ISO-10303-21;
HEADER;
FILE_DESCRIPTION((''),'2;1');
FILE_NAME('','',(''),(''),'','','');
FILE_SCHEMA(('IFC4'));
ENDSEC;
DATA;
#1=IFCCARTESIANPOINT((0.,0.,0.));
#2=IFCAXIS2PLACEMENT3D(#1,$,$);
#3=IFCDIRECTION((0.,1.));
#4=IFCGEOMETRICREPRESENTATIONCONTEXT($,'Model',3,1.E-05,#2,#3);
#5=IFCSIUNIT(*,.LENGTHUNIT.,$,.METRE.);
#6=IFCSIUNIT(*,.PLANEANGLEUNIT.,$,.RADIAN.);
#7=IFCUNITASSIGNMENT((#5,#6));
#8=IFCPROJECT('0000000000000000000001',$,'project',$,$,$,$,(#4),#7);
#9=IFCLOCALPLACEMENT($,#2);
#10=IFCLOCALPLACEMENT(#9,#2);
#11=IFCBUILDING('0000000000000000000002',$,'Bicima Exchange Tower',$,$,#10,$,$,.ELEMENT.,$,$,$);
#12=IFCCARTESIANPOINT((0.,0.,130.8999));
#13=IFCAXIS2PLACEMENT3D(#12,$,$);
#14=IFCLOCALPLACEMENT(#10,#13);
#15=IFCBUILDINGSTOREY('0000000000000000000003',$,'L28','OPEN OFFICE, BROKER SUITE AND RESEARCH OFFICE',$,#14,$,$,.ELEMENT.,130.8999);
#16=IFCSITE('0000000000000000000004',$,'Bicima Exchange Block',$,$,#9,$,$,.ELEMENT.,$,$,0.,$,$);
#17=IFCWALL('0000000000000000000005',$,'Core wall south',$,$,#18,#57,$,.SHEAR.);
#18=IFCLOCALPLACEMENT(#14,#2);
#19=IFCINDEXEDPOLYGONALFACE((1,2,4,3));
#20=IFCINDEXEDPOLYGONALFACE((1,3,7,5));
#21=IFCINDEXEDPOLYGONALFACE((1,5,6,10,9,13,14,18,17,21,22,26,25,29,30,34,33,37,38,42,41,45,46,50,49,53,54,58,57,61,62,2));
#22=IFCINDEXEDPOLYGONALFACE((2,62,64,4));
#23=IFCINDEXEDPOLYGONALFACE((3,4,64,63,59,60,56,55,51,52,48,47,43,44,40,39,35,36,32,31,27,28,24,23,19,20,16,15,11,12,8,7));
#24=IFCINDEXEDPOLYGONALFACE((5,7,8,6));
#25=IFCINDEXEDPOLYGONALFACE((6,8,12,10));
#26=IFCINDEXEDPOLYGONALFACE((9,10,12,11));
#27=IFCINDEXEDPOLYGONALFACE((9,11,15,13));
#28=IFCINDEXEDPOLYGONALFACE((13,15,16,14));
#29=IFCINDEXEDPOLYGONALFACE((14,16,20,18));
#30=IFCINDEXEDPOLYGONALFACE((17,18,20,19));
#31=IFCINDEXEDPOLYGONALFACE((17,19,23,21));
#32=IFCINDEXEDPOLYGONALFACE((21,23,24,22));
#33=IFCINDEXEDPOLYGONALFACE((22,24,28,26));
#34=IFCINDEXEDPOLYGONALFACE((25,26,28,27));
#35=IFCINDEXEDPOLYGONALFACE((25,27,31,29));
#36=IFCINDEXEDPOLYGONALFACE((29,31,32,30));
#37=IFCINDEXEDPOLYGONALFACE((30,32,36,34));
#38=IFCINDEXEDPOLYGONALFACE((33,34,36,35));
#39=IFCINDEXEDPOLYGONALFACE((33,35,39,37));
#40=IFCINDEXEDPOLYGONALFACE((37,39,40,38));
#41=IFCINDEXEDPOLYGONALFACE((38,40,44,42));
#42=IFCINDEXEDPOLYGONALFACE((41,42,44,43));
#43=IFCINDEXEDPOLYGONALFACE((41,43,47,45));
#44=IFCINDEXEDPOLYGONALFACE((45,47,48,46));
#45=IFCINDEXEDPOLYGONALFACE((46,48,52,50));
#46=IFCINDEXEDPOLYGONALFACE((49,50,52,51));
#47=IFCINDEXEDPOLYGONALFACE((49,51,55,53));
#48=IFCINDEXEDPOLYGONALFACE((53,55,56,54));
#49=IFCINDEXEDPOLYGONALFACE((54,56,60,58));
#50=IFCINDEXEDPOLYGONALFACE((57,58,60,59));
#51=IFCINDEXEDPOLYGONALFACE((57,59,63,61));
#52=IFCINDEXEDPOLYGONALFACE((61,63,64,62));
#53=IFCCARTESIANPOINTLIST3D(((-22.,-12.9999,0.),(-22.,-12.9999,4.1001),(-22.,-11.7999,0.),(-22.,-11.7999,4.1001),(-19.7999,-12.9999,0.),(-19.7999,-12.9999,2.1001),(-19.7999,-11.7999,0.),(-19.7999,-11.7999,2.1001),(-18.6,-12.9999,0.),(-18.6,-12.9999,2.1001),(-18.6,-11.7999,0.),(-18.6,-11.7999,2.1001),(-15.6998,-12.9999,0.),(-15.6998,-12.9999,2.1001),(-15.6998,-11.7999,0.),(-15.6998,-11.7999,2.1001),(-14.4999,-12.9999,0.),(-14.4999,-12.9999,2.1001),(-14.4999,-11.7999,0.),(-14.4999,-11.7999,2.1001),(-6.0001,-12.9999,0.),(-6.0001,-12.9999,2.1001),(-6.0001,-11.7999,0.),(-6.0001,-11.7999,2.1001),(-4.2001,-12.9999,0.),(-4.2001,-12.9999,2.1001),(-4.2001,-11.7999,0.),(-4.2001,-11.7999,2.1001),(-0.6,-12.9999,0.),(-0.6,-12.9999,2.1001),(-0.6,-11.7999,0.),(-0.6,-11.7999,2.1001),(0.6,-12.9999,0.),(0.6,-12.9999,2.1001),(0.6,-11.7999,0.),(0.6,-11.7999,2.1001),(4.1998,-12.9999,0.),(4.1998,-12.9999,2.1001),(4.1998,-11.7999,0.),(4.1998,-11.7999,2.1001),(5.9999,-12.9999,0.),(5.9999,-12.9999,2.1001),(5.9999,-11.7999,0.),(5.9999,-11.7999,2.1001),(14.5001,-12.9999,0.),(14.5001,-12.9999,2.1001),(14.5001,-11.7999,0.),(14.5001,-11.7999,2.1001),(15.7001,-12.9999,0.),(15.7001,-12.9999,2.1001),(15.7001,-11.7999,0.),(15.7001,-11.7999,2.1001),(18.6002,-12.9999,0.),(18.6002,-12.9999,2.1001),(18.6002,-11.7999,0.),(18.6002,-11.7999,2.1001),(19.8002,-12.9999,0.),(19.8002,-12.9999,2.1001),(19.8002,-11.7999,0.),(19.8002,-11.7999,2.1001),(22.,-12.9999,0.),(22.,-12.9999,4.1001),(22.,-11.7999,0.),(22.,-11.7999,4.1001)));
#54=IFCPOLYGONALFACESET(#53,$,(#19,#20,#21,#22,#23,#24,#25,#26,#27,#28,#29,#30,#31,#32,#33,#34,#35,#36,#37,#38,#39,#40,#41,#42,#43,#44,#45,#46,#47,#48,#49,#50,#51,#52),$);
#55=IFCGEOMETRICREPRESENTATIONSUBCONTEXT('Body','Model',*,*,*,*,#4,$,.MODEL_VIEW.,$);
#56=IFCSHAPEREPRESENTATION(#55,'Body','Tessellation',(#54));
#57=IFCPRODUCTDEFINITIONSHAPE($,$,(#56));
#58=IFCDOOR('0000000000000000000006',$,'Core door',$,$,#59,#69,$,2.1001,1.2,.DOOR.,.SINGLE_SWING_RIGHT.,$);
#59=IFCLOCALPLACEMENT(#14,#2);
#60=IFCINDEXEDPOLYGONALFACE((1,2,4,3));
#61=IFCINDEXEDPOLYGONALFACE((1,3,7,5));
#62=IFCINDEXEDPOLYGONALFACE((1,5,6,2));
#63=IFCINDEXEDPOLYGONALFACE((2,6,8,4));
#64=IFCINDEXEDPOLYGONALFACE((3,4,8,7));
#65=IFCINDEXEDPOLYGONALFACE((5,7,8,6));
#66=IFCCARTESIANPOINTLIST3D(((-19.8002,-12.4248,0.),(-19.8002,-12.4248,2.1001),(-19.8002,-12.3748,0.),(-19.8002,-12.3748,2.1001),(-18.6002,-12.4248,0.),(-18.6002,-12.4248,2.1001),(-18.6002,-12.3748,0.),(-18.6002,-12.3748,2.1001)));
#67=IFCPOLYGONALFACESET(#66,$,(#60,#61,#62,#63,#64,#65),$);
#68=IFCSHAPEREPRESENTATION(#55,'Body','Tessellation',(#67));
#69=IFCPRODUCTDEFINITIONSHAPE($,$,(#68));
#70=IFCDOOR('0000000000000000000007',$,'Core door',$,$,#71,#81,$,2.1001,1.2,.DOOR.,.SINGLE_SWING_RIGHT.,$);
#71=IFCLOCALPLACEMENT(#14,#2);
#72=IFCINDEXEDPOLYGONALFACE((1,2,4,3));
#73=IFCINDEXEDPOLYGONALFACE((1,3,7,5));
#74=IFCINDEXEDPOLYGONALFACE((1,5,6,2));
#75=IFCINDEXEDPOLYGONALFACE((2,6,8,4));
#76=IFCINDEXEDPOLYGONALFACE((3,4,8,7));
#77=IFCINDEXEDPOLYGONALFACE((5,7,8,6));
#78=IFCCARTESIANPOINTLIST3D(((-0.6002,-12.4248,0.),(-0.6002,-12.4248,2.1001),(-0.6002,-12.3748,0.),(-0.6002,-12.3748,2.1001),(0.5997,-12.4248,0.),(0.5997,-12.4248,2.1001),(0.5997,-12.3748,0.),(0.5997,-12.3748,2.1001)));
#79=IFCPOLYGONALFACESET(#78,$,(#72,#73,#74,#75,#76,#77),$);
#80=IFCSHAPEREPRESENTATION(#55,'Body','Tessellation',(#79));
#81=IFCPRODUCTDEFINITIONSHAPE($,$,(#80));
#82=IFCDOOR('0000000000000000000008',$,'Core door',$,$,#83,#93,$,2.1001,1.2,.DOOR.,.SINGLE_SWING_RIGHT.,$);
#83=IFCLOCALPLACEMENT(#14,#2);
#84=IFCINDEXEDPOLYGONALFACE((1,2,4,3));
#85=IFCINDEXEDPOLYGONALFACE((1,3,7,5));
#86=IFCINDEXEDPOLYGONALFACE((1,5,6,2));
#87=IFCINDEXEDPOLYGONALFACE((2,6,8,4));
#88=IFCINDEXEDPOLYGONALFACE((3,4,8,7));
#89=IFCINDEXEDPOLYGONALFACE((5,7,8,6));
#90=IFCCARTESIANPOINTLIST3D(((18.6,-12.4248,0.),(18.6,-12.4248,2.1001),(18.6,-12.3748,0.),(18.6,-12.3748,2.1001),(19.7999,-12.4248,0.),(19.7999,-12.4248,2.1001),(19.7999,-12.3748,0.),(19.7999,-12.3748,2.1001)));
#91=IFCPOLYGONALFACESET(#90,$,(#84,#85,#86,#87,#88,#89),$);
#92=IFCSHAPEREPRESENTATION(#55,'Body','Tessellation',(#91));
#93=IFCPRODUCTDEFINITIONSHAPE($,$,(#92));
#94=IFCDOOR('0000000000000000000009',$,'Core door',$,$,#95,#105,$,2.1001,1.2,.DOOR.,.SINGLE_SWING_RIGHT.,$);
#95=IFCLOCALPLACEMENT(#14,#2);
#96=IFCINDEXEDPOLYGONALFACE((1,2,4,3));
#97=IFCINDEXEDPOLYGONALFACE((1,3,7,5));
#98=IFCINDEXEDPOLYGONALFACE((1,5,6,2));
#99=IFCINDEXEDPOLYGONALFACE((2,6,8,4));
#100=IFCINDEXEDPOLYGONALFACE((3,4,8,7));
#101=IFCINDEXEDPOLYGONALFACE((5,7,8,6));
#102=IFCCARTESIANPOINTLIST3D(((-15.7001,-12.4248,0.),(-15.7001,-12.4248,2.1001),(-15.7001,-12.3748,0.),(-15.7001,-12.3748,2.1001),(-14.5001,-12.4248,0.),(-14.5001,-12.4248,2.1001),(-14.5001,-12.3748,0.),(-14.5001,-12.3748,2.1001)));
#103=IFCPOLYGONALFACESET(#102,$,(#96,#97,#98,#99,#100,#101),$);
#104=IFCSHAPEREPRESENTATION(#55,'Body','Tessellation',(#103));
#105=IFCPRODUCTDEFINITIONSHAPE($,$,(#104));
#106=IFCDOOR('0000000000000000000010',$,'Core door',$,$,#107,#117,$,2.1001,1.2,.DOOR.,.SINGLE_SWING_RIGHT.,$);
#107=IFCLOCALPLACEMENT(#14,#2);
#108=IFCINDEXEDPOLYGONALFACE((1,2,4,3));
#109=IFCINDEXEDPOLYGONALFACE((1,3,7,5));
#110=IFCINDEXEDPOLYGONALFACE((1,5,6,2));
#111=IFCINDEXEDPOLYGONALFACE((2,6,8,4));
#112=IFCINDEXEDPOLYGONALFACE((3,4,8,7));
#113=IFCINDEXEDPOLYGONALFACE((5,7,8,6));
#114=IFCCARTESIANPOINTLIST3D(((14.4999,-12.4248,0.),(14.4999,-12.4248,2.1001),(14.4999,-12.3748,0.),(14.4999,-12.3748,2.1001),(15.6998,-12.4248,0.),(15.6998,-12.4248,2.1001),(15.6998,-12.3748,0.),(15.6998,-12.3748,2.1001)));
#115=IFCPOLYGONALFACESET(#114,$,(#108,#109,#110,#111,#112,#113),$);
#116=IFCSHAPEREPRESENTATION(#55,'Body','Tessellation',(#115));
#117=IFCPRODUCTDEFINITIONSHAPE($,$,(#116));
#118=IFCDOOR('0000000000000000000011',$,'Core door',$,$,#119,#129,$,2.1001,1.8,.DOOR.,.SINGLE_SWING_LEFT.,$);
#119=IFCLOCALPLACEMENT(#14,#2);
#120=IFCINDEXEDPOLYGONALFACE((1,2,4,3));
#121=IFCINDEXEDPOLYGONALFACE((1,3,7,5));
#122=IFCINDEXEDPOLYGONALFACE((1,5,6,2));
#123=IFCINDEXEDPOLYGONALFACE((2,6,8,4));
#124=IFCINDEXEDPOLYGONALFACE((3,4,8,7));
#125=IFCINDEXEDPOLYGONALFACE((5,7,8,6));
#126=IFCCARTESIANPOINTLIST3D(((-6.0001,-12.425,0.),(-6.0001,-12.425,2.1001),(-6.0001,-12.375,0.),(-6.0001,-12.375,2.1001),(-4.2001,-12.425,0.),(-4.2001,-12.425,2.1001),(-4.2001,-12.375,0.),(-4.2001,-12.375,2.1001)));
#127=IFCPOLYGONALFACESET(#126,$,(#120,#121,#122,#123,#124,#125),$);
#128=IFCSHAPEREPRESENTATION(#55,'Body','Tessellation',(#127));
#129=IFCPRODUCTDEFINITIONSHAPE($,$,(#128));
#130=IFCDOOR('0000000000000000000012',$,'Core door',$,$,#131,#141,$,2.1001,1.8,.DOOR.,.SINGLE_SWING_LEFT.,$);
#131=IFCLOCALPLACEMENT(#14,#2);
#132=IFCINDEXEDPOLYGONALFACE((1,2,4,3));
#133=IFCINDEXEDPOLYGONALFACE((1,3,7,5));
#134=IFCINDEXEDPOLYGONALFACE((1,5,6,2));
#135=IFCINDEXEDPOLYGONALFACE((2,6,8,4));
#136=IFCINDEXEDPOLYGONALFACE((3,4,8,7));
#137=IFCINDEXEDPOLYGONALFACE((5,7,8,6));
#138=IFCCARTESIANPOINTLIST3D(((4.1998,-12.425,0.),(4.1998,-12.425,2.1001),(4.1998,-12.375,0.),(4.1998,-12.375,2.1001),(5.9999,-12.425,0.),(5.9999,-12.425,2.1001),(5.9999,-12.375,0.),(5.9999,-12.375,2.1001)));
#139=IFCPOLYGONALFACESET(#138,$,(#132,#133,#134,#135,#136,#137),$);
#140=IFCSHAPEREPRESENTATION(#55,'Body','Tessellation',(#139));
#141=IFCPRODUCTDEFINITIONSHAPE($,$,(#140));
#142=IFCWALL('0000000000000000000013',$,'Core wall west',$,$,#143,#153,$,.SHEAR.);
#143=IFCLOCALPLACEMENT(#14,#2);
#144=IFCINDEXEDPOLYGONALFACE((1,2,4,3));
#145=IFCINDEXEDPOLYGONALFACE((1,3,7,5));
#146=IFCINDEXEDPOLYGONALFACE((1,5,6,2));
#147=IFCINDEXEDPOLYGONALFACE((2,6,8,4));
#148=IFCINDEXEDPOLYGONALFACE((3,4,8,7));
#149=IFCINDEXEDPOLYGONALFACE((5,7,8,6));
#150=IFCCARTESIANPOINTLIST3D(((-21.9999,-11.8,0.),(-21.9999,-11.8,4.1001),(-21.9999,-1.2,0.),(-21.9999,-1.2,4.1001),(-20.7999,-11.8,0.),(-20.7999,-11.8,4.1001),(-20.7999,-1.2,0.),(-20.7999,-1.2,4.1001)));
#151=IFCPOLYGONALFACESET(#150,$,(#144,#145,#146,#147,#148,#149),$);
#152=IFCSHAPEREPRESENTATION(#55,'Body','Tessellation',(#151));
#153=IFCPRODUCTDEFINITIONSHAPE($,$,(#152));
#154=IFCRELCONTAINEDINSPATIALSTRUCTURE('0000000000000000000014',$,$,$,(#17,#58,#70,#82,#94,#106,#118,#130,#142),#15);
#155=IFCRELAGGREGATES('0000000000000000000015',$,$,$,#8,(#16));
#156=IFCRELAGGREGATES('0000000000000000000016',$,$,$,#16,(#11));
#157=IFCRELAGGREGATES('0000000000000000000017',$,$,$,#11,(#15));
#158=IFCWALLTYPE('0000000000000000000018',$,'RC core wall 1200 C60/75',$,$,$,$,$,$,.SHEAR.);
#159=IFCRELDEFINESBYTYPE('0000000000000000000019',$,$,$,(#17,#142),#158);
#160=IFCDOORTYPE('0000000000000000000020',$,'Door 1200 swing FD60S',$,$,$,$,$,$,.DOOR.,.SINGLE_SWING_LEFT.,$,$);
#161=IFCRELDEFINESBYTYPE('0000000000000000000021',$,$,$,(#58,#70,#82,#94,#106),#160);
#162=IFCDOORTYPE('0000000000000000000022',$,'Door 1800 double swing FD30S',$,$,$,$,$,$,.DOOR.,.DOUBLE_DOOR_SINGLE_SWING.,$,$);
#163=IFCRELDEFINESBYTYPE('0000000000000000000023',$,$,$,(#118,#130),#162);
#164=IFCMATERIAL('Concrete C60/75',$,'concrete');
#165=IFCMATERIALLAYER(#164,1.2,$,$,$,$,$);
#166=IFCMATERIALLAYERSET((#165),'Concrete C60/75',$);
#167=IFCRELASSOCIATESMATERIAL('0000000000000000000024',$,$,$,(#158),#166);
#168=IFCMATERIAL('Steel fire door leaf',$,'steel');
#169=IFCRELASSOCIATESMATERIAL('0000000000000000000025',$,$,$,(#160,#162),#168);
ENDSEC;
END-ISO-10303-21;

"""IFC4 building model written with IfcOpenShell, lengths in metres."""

from ifc_helpers import new_model, si_unit, direction, frame, frame_2d, origin, place, context, subcontext, project, spatial, rectangle, extrude, material, layer, layer_set, type_object, element, fill, save


model = new_model("IFC4")

# Units and contexts
model_context = context("Model", 3, precision=1e-05, world=origin(), true_north=direction((0.0, 1.0)))
body_context = subcontext(model_context, "Body", "Model", "MODEL_VIEW")
ifc_project = project(units=[si_unit("LENGTHUNIT", "METRE"), si_unit("PLANEANGLEUNIT", "RADIAN")], contexts=[model_context])

# Site, building, storey
site_placement = place(None, origin())
site = spatial("IfcSite", under=ifc_project, at=site_placement, Name="Bicima Exchange Block", CompositionType="ELEMENT", RefElevation=0.0)
building_placement = place(site_placement, origin())
building = spatial("IfcBuilding", under=site, at=building_placement, Name="Bicima Exchange Tower", CompositionType="ELEMENT")
storey_placement = place(building_placement, frame((0.0, 0.0, 130.8999)))
storey = spatial("IfcBuildingStorey", under=building, at=storey_placement, Name="L28", Description="OPEN OFFICE, BROKER SUITE AND RESEARCH OFFICE", CompositionType="ELEMENT", Elevation=130.8999)

# Shared definitions
ifc_material_1 = material(Name="Steel fire door leaf", Category="steel")

# Wall, openings, doors
ifc_material_2 = material(Name="Concrete C60/75", Category="concrete")
ifc_layer_1 = layer(ifc_material_2, 1.2)
ifc_layer_set_1 = layer_set([ifc_layer_1], Name="Concrete C60/75")
wall_type_1 = type_object("IfcWallType", Name="RC core wall 1200 C60/75", PredefinedType="SHEAR", material=ifc_layer_set_1)
wall_1_placement = place(storey_placement, frame((-22.0, -12.3999, 0.0), z_axis=(0.0, 0.0, 1.0), x_axis=(1.0, 0.0, 0.0)))
wall_1 = element("IfcWall", 1, at=wall_1_placement, inside=storey, type_object=wall_type_1, Name="Core wall south", PredefinedType="SHEAR", context=body_context, shape_type="SweptSolid", body=[
    extrude(rectangle(XDim=44.0, YDim=1.2, at=frame_2d((22.0, 0.0))), origin(), (0.0, 0.0, 1.0), 4.1001),
])
opening_1_placement = place(wall_1_placement, frame((2.2, 0.0, 0.0)))
opening_1 = element("IfcOpeningElement", 2, at=opening_1_placement, cuts=wall_1, PredefinedType="OPENING", context=body_context, shape_type="SweptSolid", body=[
    extrude(rectangle(XDim=1.2, YDim=2.1001, at=frame_2d((0.6001, 1.05))), frame((0.0, 0.6118, 0.0), z_axis=(0.0, -1.0, 0.0), x_axis=(1.0, 0.0, 0.0)), (0.0, 0.0, 1.0), 1.2239),
])
opening_2_placement = place(wall_1_placement, frame((21.3999, 0.0, 0.0)))
opening_2 = element("IfcOpeningElement", 3, at=opening_2_placement, cuts=wall_1, PredefinedType="OPENING", context=body_context, shape_type="SweptSolid", body=[
    extrude(rectangle(XDim=1.2, YDim=2.1001, at=frame_2d((0.6001, 1.05))), frame((0.0, 0.6118, 0.0), z_axis=(0.0, -1.0, 0.0), x_axis=(1.0, 0.0, 0.0)), (0.0, 0.0, 1.0), 1.2239),
])
opening_3_placement = place(wall_1_placement, frame((40.6001, 0.0, 0.0)))
opening_3 = element("IfcOpeningElement", 4, at=opening_3_placement, cuts=wall_1, PredefinedType="OPENING", context=body_context, shape_type="SweptSolid", body=[
    extrude(rectangle(XDim=1.2, YDim=2.1001, at=frame_2d((0.6001, 1.05))), frame((0.0, 0.6118, 0.0), z_axis=(0.0, -1.0, 0.0), x_axis=(1.0, 0.0, 0.0)), (0.0, 0.0, 1.0), 1.2239),
])
opening_4_placement = place(wall_1_placement, frame((16.0, 0.0, 0.0)))
opening_4 = element("IfcOpeningElement", 5, at=opening_4_placement, cuts=wall_1, PredefinedType="OPENING", context=body_context, shape_type="SweptSolid", body=[
    extrude(rectangle(XDim=1.8, YDim=2.1001, at=frame_2d((0.8999, 1.05))), frame((0.0, 0.6118, 0.0), z_axis=(0.0, -1.0, 0.0), x_axis=(1.0, 0.0, 0.0)), (0.0, 0.0, 1.0), 1.2239),
])
opening_5_placement = place(wall_1_placement, frame((6.3, 0.0, 0.0)))
opening_5 = element("IfcOpeningElement", 6, at=opening_5_placement, cuts=wall_1, PredefinedType="OPENING", context=body_context, shape_type="SweptSolid", body=[
    extrude(rectangle(XDim=1.2, YDim=2.1001, at=frame_2d((0.6001, 1.05))), frame((0.0, 0.6118, 0.0), z_axis=(0.0, -1.0, 0.0), x_axis=(1.0, 0.0, 0.0)), (0.0, 0.0, 1.0), 1.2239),
])
opening_6_placement = place(wall_1_placement, frame((26.2, 0.0, 0.0)))
opening_6 = element("IfcOpeningElement", 7, at=opening_6_placement, cuts=wall_1, PredefinedType="OPENING", context=body_context, shape_type="SweptSolid", body=[
    extrude(rectangle(XDim=1.8, YDim=2.1001, at=frame_2d((0.8999, 1.05))), frame((0.0, 0.6118, 0.0), z_axis=(0.0, -1.0, 0.0), x_axis=(1.0, 0.0, 0.0)), (0.0, 0.0, 1.0), 1.2239),
])
opening_7_placement = place(wall_1_placement, frame((36.5, 0.0, 0.0)))
opening_7 = element("IfcOpeningElement", 8, at=opening_7_placement, cuts=wall_1, PredefinedType="OPENING", context=body_context, shape_type="SweptSolid", body=[
    extrude(rectangle(XDim=1.2, YDim=2.1001, at=frame_2d((0.6001, 1.05))), frame((0.0, 0.6118, 0.0), z_axis=(0.0, -1.0, 0.0), x_axis=(1.0, 0.0, 0.0)), (0.0, 0.0, 1.0), 1.2239),
])
door_type_1 = type_object("IfcDoorType", Name="Door 1200 swing FD60S", OperationType="SINGLE_SWING_LEFT", PredefinedType="DOOR", material=ifc_material_1)
door_1_placement = place(opening_1_placement, frame((1.2, 0.0, 0.0), z_axis=(0.0, 0.0, 1.0), x_axis=(-1.0, 0.0, 0.0)))
door_1 = element("IfcDoor", 9, at=door_1_placement, inside=storey, type_object=door_type_1, Name="Core door", OperationType="SINGLE_SWING_RIGHT", OverallHeight=2.1001, OverallWidth=1.2, PredefinedType="DOOR", context=body_context, shape_type="SweptSolid", body=[
    extrude(rectangle(XDim=1.2, YDim=2.1001, at=frame_2d((0.6001, 1.05))), frame((0.0, 0.0249, 0.0), z_axis=(0.0, -1.0, 0.0), x_axis=(1.0, 0.0, 0.0)), (0.0, 0.0, 1.0), 0.05),
])
fill(opening_1, door_1)
door_2_placement = place(opening_2_placement, frame((1.2, 0.0, 0.0), z_axis=(0.0, 0.0, 1.0), x_axis=(-1.0, 0.0, 0.0)))
door_2 = element("IfcDoor", 10, at=door_2_placement, inside=storey, type_object=door_type_1, Name="Core door", OperationType="SINGLE_SWING_RIGHT", OverallHeight=2.1001, OverallWidth=1.2, PredefinedType="DOOR", context=body_context, shape_type="SweptSolid", body=[
    extrude(rectangle(XDim=1.2, YDim=2.1001, at=frame_2d((0.6001, 1.05))), frame((0.0, 0.0249, 0.0), z_axis=(0.0, -1.0, 0.0), x_axis=(1.0, 0.0, 0.0)), (0.0, 0.0, 1.0), 0.05),
])
fill(opening_2, door_2)
door_3_placement = place(opening_3_placement, frame((1.2, 0.0, 0.0), z_axis=(0.0, 0.0, 1.0), x_axis=(-1.0, 0.0, 0.0)))
door_3 = element("IfcDoor", 11, at=door_3_placement, inside=storey, type_object=door_type_1, Name="Core door", OperationType="SINGLE_SWING_RIGHT", OverallHeight=2.1001, OverallWidth=1.2, PredefinedType="DOOR", context=body_context, shape_type="SweptSolid", body=[
    extrude(rectangle(XDim=1.2, YDim=2.1001, at=frame_2d((0.6001, 1.05))), frame((0.0, 0.0249, 0.0), z_axis=(0.0, -1.0, 0.0), x_axis=(1.0, 0.0, 0.0)), (0.0, 0.0, 1.0), 0.05),
])
fill(opening_3, door_3)
door_4_placement = place(opening_5_placement, frame((1.2, 0.0, 0.0), z_axis=(0.0, 0.0, 1.0), x_axis=(-1.0, 0.0, 0.0)))
door_4 = element("IfcDoor", 12, at=door_4_placement, inside=storey, type_object=door_type_1, Name="Core door", OperationType="SINGLE_SWING_RIGHT", OverallHeight=2.1001, OverallWidth=1.2, PredefinedType="DOOR", context=body_context, shape_type="SweptSolid", body=[
    extrude(rectangle(XDim=1.2, YDim=2.1001, at=frame_2d((0.6001, 1.05))), frame((0.0, 0.0249, 0.0), z_axis=(0.0, -1.0, 0.0), x_axis=(1.0, 0.0, 0.0)), (0.0, 0.0, 1.0), 0.05),
])
fill(opening_5, door_4)
door_5_placement = place(opening_7_placement, frame((1.2, 0.0, 0.0), z_axis=(0.0, 0.0, 1.0), x_axis=(-1.0, 0.0, 0.0)))
door_5 = element("IfcDoor", 13, at=door_5_placement, inside=storey, type_object=door_type_1, Name="Core door", OperationType="SINGLE_SWING_RIGHT", OverallHeight=2.1001, OverallWidth=1.2, PredefinedType="DOOR", context=body_context, shape_type="SweptSolid", body=[
    extrude(rectangle(XDim=1.2, YDim=2.1001, at=frame_2d((0.6001, 1.05))), frame((0.0, 0.0249, 0.0), z_axis=(0.0, -1.0, 0.0), x_axis=(1.0, 0.0, 0.0)), (0.0, 0.0, 1.0), 0.05),
])
fill(opening_7, door_5)
door_type_2 = type_object("IfcDoorType", Name="Door 1800 double swing FD30S", OperationType="DOUBLE_DOOR_SINGLE_SWING", PredefinedType="DOOR", material=ifc_material_1)
door_6_placement = place(opening_4_placement, origin())
door_6 = element("IfcDoor", 14, at=door_6_placement, inside=storey, type_object=door_type_2, Name="Core door", OperationType="SINGLE_SWING_LEFT", OverallHeight=2.1001, OverallWidth=1.8, PredefinedType="DOOR", context=body_context, shape_type="SweptSolid", body=[
    extrude(rectangle(XDim=1.8, YDim=2.1001, at=frame_2d((0.8999, 1.05))), frame((0.0, 0.0249, 0.0), z_axis=(0.0, -1.0, 0.0), x_axis=(1.0, 0.0, 0.0)), (0.0, 0.0, 1.0), 0.05),
])
fill(opening_4, door_6)
door_7_placement = place(opening_6_placement, origin())
door_7 = element("IfcDoor", 15, at=door_7_placement, inside=storey, type_object=door_type_2, Name="Core door", OperationType="SINGLE_SWING_LEFT", OverallHeight=2.1001, OverallWidth=1.8, PredefinedType="DOOR", context=body_context, shape_type="SweptSolid", body=[
    extrude(rectangle(XDim=1.8, YDim=2.1001, at=frame_2d((0.8999, 1.05))), frame((0.0, 0.0249, 0.0), z_axis=(0.0, -1.0, 0.0), x_axis=(1.0, 0.0, 0.0)), (0.0, 0.0, 1.0), 0.05),
])
fill(opening_6, door_7)

# Wall
wall_2_placement = place(storey_placement, frame((-21.3999, -11.8, 0.0), z_axis=(0.0, 0.0, 1.0), x_axis=(0.0, 1.0, 0.0)))
element("IfcWall", 16, at=wall_2_placement, inside=storey, type_object=wall_type_1, Name="Core wall west", PredefinedType="SHEAR", context=body_context, shape_type="SweptSolid", body=[
    extrude(rectangle(XDim=10.6001, YDim=1.2, at=frame_2d((5.3, 0.0))), origin(), (0.0, 0.0, 1.0), 4.1001),
])

save(model, "model.ifc")
